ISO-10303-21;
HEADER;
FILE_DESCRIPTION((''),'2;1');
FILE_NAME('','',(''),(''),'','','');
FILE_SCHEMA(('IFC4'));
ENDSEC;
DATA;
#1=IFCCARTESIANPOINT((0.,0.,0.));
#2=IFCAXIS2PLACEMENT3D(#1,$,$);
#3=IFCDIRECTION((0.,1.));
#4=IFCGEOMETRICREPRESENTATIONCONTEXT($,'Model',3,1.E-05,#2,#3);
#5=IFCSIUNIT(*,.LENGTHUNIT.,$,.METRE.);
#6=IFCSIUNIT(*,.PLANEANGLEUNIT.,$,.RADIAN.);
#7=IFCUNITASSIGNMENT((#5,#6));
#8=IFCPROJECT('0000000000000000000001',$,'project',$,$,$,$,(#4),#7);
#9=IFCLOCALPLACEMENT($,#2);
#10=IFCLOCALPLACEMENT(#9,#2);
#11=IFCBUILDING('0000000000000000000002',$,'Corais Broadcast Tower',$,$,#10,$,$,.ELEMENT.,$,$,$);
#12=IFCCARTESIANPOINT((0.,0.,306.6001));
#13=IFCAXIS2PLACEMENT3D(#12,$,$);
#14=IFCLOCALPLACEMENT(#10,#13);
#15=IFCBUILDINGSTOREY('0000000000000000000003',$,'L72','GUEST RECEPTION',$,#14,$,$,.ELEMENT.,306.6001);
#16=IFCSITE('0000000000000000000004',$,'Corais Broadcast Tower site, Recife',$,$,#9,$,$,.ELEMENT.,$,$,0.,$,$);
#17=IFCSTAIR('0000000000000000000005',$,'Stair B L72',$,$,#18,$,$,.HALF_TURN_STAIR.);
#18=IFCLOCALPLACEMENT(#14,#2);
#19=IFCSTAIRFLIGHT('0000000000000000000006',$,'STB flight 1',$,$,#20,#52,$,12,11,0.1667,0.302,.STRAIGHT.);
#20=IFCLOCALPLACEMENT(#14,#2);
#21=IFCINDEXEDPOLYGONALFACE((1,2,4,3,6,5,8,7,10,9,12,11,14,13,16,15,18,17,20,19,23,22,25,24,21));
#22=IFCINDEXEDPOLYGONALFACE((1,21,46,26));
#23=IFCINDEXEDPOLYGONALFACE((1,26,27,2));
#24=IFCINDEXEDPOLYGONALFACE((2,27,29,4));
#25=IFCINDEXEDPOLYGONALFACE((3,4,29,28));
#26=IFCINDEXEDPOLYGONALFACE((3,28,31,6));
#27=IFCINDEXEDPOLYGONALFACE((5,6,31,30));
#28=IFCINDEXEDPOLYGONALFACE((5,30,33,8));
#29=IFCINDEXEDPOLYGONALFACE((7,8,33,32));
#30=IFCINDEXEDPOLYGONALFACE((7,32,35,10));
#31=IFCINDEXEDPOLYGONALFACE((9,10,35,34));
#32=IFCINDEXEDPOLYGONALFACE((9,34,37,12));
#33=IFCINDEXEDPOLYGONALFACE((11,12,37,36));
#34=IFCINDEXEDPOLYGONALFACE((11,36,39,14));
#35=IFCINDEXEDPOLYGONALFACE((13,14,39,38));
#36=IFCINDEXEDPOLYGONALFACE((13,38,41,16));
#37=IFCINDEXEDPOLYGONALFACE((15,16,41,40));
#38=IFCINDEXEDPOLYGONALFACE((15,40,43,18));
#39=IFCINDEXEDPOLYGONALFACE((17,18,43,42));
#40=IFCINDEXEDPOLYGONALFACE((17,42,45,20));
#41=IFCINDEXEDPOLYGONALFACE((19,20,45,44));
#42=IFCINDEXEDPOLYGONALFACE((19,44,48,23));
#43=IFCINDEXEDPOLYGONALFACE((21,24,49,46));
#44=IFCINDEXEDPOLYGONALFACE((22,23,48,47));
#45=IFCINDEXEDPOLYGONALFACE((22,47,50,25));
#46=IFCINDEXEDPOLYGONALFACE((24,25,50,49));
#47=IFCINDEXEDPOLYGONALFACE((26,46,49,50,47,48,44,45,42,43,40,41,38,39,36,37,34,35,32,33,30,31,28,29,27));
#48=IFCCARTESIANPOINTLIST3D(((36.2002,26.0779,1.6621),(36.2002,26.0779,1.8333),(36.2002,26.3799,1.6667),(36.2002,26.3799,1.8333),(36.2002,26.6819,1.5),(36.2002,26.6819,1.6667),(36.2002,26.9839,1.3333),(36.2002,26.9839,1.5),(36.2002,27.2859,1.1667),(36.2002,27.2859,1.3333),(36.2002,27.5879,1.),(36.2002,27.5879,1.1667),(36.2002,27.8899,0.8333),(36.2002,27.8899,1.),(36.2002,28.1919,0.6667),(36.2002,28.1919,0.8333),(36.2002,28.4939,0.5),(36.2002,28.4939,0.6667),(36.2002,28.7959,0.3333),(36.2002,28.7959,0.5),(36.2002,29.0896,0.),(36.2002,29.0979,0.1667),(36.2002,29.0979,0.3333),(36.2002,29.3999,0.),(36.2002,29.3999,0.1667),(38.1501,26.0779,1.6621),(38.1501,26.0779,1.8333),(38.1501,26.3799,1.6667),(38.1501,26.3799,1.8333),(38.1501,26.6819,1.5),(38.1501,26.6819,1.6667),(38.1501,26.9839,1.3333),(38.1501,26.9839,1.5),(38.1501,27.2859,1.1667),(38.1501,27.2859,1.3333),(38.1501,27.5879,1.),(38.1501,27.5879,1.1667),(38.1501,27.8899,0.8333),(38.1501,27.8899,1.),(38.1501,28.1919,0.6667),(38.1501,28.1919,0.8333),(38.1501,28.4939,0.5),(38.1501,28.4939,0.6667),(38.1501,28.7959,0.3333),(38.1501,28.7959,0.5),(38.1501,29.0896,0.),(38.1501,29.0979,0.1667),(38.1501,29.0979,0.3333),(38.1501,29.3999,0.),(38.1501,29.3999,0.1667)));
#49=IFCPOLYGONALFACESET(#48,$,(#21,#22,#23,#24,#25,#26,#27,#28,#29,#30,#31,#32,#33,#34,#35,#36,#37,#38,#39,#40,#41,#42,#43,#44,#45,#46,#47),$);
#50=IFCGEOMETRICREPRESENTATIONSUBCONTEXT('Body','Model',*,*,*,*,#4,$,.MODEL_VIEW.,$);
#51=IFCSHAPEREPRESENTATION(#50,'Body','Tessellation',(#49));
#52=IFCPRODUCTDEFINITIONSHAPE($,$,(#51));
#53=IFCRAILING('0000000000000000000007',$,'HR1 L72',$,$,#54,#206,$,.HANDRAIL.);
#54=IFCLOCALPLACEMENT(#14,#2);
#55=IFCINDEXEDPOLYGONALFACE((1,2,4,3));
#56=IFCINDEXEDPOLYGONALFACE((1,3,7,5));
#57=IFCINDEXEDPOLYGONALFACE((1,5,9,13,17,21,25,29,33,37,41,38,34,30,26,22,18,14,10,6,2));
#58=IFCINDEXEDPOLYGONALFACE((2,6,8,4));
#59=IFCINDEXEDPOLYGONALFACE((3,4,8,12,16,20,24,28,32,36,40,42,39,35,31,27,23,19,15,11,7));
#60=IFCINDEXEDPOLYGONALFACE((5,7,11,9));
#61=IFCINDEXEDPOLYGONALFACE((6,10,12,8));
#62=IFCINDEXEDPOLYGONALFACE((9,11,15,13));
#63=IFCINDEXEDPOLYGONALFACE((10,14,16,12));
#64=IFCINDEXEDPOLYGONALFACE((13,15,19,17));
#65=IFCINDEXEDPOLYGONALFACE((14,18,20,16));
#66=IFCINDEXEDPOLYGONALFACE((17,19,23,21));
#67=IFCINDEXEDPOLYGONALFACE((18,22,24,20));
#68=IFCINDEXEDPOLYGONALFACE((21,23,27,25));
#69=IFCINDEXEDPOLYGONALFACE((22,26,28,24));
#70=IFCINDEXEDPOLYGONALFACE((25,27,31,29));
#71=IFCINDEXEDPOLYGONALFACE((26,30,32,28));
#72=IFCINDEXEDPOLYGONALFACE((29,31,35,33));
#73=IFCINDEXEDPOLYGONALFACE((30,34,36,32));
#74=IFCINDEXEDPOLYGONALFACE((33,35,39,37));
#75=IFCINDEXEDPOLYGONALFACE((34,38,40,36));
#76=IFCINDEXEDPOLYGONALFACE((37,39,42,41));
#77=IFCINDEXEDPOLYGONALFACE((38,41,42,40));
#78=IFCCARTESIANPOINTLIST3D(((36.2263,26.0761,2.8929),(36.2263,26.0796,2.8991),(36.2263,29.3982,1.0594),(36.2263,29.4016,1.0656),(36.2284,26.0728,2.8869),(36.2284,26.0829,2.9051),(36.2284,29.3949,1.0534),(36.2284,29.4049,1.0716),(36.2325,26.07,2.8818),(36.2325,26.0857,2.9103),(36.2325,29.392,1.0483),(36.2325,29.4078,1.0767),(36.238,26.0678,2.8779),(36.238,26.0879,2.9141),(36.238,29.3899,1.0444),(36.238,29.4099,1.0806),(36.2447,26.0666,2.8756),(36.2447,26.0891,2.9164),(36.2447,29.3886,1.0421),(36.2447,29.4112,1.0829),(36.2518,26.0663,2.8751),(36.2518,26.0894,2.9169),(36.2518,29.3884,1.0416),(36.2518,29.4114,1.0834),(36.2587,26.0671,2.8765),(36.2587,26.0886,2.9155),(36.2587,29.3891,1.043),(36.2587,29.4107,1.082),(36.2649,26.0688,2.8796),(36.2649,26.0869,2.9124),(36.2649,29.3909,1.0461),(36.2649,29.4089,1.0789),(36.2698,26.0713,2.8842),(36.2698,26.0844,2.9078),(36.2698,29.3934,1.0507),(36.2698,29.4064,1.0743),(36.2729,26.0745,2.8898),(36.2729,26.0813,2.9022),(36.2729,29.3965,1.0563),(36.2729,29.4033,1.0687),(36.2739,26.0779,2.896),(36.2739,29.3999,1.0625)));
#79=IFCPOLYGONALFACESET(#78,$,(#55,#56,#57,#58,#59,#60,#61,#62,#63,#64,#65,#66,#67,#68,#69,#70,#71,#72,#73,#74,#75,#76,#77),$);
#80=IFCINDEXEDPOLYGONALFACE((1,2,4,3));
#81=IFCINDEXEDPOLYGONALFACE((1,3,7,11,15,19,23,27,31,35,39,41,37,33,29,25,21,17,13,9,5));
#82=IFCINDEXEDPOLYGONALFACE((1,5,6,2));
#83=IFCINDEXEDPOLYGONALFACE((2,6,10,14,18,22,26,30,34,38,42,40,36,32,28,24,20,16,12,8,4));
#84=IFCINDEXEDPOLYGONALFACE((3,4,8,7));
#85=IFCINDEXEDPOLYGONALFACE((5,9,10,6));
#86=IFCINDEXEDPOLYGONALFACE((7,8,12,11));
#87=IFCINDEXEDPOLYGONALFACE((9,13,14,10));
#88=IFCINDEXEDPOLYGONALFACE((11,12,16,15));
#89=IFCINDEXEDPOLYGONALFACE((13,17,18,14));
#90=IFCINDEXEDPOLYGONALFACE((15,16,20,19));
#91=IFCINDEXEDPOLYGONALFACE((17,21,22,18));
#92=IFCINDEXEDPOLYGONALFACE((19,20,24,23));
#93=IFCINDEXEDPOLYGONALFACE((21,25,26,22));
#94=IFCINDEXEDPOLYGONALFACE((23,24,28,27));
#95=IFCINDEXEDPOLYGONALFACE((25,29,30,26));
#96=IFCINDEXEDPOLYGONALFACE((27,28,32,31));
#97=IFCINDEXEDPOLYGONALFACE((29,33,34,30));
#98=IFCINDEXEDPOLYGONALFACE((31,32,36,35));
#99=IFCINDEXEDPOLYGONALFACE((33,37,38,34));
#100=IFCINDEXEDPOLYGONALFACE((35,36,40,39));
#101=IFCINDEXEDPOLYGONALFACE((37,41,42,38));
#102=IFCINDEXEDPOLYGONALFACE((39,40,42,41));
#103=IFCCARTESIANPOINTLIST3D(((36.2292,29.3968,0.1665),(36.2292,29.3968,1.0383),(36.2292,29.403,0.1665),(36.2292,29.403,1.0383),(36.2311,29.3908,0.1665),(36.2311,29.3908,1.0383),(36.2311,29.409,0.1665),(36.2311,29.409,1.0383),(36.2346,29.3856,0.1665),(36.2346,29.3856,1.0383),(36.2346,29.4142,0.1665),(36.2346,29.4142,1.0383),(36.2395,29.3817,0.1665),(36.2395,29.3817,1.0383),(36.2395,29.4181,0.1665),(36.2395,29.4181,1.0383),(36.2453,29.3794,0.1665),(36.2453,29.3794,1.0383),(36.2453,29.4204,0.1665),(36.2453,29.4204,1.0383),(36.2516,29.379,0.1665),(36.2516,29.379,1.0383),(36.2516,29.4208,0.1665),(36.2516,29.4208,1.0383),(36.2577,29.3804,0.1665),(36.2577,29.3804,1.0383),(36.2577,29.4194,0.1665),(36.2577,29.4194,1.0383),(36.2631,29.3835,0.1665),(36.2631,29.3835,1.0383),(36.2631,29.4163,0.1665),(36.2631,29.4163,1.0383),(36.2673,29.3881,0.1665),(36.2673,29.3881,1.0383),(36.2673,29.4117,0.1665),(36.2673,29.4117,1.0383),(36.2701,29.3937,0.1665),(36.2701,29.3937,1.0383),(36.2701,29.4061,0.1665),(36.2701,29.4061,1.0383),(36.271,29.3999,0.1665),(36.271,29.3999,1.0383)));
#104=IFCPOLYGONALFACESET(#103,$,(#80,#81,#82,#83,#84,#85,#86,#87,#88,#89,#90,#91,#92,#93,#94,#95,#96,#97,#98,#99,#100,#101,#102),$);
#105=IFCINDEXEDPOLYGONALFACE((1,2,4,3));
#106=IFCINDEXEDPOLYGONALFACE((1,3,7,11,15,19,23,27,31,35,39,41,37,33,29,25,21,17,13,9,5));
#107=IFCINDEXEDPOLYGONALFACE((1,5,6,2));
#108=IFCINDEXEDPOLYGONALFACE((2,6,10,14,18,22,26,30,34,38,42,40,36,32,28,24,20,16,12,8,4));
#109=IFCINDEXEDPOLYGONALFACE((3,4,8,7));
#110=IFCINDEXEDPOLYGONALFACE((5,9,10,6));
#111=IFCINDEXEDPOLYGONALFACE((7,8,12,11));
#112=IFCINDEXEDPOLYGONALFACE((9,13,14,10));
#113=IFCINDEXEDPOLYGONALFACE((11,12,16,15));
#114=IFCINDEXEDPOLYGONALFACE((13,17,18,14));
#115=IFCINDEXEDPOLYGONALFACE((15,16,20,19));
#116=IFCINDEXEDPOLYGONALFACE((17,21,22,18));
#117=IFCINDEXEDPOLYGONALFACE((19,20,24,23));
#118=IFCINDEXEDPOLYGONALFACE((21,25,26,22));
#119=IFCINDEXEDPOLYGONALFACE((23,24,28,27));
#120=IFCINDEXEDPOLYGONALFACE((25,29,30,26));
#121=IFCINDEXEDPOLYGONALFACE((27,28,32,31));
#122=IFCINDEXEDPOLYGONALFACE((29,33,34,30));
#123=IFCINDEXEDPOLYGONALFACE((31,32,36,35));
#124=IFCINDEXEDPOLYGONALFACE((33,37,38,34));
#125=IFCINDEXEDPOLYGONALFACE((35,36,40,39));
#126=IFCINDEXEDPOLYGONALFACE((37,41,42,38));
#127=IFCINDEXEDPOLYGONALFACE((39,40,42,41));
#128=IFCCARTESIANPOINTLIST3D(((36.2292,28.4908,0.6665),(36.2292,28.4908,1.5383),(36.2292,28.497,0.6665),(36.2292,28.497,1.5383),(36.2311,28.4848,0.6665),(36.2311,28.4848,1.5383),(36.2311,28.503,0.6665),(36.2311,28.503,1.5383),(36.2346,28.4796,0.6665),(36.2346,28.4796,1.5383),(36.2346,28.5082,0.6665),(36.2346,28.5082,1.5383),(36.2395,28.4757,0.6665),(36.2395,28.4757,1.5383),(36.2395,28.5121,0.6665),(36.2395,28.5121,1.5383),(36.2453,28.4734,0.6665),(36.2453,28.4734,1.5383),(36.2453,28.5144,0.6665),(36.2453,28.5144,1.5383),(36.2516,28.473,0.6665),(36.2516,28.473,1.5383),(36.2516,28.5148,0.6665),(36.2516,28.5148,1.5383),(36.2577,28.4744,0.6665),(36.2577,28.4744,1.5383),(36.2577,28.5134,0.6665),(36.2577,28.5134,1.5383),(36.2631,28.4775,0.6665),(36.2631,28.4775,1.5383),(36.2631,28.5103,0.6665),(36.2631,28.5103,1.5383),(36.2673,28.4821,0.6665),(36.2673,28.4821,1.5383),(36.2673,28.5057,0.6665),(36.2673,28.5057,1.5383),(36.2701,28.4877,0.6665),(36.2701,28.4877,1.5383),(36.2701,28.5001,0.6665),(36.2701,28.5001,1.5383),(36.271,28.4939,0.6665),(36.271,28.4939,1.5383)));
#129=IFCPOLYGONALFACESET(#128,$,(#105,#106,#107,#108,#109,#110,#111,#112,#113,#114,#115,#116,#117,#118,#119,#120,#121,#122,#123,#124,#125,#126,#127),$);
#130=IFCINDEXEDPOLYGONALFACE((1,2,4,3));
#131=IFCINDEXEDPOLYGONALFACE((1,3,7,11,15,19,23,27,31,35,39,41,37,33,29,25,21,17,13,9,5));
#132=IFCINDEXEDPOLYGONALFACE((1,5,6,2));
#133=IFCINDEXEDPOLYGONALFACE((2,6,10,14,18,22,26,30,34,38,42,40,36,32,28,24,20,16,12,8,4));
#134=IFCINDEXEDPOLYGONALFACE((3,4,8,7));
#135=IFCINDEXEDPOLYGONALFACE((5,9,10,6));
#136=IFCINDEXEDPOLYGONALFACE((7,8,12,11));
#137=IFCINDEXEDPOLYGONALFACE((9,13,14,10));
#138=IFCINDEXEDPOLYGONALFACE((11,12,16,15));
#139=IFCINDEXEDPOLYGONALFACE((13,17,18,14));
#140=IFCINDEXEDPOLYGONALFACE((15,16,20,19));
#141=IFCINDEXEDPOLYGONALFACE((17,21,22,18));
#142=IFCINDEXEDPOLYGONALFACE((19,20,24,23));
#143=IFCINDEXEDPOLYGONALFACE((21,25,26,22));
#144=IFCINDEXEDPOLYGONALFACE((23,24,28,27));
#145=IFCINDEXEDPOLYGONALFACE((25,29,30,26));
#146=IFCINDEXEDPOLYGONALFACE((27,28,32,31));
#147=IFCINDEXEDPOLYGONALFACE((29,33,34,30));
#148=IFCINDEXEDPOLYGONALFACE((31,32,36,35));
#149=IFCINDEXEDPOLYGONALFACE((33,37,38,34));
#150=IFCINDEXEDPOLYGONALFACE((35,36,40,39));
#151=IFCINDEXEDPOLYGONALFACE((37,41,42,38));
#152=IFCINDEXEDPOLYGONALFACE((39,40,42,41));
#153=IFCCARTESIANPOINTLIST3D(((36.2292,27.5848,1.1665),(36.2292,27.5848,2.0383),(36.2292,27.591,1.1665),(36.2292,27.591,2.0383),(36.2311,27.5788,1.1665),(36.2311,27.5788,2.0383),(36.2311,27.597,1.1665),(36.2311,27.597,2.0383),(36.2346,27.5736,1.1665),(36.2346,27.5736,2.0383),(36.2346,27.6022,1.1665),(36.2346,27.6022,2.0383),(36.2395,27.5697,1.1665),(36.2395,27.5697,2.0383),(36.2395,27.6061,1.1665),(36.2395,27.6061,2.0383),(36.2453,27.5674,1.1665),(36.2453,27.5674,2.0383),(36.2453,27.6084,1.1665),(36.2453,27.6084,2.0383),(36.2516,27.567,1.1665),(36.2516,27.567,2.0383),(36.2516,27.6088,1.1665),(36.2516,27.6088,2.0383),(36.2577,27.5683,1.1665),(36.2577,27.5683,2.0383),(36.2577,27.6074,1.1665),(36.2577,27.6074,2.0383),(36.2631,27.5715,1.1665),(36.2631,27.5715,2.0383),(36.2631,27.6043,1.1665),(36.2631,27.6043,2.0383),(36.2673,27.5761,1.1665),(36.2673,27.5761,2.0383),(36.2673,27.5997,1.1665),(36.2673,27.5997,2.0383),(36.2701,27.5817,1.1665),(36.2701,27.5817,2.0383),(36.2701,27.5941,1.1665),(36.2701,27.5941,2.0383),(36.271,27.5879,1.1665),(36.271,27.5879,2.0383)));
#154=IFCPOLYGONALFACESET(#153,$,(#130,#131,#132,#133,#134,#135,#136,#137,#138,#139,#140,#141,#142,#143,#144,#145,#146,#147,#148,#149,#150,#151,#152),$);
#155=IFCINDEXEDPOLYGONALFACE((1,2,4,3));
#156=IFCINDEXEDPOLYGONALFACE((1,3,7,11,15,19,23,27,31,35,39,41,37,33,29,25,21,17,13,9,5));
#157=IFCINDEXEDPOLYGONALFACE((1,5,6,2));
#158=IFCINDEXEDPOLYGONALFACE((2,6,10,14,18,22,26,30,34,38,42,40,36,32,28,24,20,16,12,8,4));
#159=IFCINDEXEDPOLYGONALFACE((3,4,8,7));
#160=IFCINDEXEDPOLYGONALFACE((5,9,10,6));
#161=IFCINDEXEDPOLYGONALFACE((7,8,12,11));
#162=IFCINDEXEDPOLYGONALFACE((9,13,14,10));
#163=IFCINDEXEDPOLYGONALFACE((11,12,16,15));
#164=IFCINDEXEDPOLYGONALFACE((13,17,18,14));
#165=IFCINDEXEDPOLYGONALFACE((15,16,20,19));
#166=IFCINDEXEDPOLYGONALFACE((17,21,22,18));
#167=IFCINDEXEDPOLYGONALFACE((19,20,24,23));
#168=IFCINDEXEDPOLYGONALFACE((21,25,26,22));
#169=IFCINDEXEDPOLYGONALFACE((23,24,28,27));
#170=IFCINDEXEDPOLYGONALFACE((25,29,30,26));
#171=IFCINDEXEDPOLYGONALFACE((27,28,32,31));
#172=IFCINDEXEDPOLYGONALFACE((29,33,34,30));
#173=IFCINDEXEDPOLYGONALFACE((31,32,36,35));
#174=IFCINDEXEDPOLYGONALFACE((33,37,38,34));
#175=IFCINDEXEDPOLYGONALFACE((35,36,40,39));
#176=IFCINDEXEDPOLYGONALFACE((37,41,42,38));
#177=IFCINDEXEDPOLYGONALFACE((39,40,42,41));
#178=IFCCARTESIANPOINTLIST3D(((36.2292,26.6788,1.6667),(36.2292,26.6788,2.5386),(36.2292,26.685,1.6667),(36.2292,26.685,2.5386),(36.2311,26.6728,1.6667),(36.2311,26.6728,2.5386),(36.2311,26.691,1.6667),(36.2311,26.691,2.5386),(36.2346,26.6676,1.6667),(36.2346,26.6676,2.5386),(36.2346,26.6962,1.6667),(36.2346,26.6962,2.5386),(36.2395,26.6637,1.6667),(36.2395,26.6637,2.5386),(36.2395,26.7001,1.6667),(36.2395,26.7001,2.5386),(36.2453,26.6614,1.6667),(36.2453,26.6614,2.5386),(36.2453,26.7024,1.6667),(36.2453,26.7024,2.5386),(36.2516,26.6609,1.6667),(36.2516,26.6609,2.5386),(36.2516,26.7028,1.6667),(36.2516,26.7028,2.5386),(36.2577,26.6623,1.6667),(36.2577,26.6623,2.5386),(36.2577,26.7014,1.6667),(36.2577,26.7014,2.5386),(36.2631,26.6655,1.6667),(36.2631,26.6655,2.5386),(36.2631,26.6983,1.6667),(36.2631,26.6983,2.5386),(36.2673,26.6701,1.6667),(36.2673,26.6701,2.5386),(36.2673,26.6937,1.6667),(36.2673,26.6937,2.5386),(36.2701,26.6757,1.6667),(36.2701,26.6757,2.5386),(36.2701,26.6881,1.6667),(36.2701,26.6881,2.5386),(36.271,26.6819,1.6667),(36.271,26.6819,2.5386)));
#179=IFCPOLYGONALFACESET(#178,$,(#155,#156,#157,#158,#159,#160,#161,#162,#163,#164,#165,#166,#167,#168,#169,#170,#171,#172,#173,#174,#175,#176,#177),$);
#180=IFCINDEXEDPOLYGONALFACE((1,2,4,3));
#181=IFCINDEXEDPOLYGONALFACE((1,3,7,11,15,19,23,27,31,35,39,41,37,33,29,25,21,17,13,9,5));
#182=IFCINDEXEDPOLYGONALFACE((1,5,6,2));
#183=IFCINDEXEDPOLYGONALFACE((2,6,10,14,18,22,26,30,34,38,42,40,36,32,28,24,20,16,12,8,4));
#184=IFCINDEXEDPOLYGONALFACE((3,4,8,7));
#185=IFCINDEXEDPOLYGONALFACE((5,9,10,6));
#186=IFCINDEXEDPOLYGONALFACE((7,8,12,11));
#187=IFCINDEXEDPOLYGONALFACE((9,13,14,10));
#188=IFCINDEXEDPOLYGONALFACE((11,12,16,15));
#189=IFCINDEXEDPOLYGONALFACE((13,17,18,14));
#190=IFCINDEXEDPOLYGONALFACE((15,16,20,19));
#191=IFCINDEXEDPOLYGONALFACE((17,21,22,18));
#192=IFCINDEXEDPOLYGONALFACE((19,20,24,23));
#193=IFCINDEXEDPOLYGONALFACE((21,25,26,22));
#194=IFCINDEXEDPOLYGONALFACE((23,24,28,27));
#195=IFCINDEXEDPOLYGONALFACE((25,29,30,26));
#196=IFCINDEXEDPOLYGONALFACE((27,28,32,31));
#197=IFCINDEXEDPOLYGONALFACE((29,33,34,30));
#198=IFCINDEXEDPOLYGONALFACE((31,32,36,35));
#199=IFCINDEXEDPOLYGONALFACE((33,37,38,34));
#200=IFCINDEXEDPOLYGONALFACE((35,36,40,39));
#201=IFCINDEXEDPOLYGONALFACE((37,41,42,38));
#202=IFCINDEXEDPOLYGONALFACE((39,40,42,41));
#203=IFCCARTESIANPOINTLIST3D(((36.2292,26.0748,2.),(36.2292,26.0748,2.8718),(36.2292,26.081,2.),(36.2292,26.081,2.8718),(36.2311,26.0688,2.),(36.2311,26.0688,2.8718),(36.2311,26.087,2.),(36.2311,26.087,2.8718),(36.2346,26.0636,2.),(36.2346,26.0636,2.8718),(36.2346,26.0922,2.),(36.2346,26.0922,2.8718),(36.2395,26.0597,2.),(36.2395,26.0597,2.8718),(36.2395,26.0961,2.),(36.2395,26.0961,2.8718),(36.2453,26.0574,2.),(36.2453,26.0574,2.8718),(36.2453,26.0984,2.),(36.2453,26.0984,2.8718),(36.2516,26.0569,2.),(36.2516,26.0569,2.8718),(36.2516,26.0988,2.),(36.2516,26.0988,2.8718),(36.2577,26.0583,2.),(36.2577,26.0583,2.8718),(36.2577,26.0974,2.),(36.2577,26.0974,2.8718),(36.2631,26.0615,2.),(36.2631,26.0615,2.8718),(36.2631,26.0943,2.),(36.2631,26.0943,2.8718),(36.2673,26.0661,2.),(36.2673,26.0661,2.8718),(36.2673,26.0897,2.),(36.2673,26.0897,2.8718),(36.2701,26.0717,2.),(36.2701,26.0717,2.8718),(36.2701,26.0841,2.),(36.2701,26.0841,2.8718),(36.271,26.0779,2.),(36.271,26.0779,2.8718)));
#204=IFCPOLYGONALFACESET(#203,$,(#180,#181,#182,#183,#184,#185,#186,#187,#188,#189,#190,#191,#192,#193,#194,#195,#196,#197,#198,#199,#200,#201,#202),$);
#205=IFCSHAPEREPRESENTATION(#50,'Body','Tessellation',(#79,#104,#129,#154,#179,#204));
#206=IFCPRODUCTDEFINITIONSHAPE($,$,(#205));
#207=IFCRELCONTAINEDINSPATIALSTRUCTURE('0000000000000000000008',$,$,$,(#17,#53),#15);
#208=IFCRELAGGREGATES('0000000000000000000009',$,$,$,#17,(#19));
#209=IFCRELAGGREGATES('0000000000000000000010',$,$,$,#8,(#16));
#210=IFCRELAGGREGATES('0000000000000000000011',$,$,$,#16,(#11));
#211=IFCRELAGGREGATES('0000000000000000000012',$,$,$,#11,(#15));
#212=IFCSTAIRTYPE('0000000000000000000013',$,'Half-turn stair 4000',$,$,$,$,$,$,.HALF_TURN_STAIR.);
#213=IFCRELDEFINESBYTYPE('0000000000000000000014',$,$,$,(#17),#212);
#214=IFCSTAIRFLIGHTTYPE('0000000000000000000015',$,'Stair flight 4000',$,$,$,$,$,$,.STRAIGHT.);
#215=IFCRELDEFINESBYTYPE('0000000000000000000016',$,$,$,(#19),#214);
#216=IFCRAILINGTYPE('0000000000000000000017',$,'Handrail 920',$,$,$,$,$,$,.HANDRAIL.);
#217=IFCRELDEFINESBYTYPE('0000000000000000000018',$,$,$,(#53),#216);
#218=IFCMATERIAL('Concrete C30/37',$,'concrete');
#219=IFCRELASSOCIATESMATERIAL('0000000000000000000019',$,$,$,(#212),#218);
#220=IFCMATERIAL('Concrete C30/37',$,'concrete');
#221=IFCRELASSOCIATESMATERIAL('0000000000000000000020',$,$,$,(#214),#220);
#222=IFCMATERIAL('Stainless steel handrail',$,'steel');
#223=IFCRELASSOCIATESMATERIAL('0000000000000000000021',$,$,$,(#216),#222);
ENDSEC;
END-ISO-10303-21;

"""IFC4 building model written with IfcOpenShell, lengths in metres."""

from ifc_helpers import new_model, si_unit, direction, frame, origin, origin_2d, place, context, subcontext, project, spatial, polyline, circle, outline, extrude, material, type_object, element, aggregate, save


model = new_model("IFC4")

# Units and contexts
model_context = context("Model", 3, precision=1e-05, world=origin(), true_north=direction((0.0, 1.0)))
body_context = subcontext(model_context, "Body", "Model", "MODEL_VIEW")
ifc_project = project(units=[si_unit("LENGTHUNIT", "METRE"), si_unit("PLANEANGLEUNIT", "RADIAN")], contexts=[model_context])

# Site, building, storey
site_placement = place(None, origin())
site = spatial("IfcSite", under=ifc_project, at=site_placement, Name="Corais Broadcast Tower site, Recife", CompositionType="ELEMENT", RefElevation=0.0)
building_placement = place(site_placement, origin())
building = spatial("IfcBuilding", under=site, at=building_placement, Name="Corais Broadcast Tower", CompositionType="ELEMENT")
storey_placement = place(building_placement, frame((0.0, 0.0, 306.6001)))
storey = spatial("IfcBuildingStorey", under=building, at=storey_placement, Name="L72", Description="GUEST RECEPTION", CompositionType="ELEMENT", Elevation=306.6001)

# Stair, stair flight
ifc_material_1 = material(Name="Concrete C30/37", Category="concrete")
stair_type = type_object("IfcStairType", Name="Half-turn stair 4000", PredefinedType="HALF_TURN_STAIR", material=ifc_material_1)
stair_placement = place(storey_placement, origin())
stair = element("IfcStair", 1, at=stair_placement, inside=storey, type_object=stair_type, Name="Stair B L72", PredefinedType="HALF_TURN_STAIR")
ifc_material_2 = material(Name="Concrete C30/37", Category="concrete")
stair_flight_type = type_object("IfcStairFlightType", Name="Stair flight 4000", PredefinedType="STRAIGHT", material=ifc_material_2)
stair_flight_placement = place(storey_placement, frame((37.175, 29.3999, 0.0), z_axis=(0.0, 0.0, 1.0), x_axis=(0.0, -1.0, 0.0)))
stair_flight = element("IfcStairFlight", 2, at=stair_flight_placement, type_object=stair_flight_type, Name="STB flight 1", NumberOfRisers=12, NumberOfTreads=11, PredefinedType="STRAIGHT", RiserHeight=0.1667, TreadLength=0.302, context=body_context, shape_type="SweptSolid", body=[
    extrude(outline(polyline([(0.0, 0.0), (0.0, 0.1667), (0.302, 0.1667), (0.302, 0.3333), (0.604, 0.3333), (0.604, 0.5), (0.906, 0.5), (0.906, 0.6667), (1.208, 0.6667), (1.208, 0.8333), (1.51, 0.8333), (1.51, 1.0), (1.812, 1.0), (1.812, 1.1667), (2.114, 1.1667), (2.114, 1.3333), (2.416, 1.3333), (2.416, 1.5), (2.718, 1.5), (2.718, 1.6667), (3.02, 1.6667), (3.02, 1.8333), (3.322, 1.8333), (3.322, 2.0), (3.322, 1.6621), (0.3103, 0.0), (0.0, 0.0)])), frame((0.0, 0.9751, 0.0), z_axis=(0.0, -1.0, 0.0), x_axis=(1.0, 0.0, 0.0)), (0.0, 0.0, 1.0), 1.95),
])
aggregate(stair, [stair_flight])

# Railing
ifc_material_3 = material(Name="Stainless steel handrail", Category="steel")
railing_type = type_object("IfcRailingType", Name="Handrail 920", PredefinedType="HANDRAIL", material=ifc_material_3)
for number, where, name in (
    (3, (36.25, 29.3999, 0.1665), "HR1 L72"),
):
    element("IfcRailing", number, at=place(storey_placement, frame(where)), inside=storey, type_object=railing_type, Name=name, PredefinedType="HANDRAIL", context=body_context, shape_type="SweptSolid", body=[
        extrude(circle(Radius=0.0239, at=origin_2d()), frame((0.0, 0.0, 0.896), z_axis=(0.0, -0.875504, 0.48321), x_axis=(1.0, 0.0, 0.0)), (0.0, 0.0, 1.0), 3.7944),
        extrude(circle(Radius=0.021, at=origin_2d()), origin(), (0.0, 0.0, 1.0), 0.8718),
        extrude(circle(Radius=0.021, at=origin_2d()), frame((0.0, -0.906, 0.5)), (0.0, 0.0, 1.0), 0.8718),
        extrude(circle(Radius=0.021, at=origin_2d()), frame((0.0, -1.812, 1.0)), (0.0, 0.0, 1.0), 0.8718),
        extrude(circle(Radius=0.021, at=origin_2d()), frame((0.0, -2.718, 1.5002)), (0.0, 0.0, 1.0), 0.8718),
        extrude(circle(Radius=0.021, at=origin_2d()), frame((0.0, -3.322, 1.8335)), (0.0, 0.0, 1.0), 0.8718),
    ])

save(model, "model.ifc")
